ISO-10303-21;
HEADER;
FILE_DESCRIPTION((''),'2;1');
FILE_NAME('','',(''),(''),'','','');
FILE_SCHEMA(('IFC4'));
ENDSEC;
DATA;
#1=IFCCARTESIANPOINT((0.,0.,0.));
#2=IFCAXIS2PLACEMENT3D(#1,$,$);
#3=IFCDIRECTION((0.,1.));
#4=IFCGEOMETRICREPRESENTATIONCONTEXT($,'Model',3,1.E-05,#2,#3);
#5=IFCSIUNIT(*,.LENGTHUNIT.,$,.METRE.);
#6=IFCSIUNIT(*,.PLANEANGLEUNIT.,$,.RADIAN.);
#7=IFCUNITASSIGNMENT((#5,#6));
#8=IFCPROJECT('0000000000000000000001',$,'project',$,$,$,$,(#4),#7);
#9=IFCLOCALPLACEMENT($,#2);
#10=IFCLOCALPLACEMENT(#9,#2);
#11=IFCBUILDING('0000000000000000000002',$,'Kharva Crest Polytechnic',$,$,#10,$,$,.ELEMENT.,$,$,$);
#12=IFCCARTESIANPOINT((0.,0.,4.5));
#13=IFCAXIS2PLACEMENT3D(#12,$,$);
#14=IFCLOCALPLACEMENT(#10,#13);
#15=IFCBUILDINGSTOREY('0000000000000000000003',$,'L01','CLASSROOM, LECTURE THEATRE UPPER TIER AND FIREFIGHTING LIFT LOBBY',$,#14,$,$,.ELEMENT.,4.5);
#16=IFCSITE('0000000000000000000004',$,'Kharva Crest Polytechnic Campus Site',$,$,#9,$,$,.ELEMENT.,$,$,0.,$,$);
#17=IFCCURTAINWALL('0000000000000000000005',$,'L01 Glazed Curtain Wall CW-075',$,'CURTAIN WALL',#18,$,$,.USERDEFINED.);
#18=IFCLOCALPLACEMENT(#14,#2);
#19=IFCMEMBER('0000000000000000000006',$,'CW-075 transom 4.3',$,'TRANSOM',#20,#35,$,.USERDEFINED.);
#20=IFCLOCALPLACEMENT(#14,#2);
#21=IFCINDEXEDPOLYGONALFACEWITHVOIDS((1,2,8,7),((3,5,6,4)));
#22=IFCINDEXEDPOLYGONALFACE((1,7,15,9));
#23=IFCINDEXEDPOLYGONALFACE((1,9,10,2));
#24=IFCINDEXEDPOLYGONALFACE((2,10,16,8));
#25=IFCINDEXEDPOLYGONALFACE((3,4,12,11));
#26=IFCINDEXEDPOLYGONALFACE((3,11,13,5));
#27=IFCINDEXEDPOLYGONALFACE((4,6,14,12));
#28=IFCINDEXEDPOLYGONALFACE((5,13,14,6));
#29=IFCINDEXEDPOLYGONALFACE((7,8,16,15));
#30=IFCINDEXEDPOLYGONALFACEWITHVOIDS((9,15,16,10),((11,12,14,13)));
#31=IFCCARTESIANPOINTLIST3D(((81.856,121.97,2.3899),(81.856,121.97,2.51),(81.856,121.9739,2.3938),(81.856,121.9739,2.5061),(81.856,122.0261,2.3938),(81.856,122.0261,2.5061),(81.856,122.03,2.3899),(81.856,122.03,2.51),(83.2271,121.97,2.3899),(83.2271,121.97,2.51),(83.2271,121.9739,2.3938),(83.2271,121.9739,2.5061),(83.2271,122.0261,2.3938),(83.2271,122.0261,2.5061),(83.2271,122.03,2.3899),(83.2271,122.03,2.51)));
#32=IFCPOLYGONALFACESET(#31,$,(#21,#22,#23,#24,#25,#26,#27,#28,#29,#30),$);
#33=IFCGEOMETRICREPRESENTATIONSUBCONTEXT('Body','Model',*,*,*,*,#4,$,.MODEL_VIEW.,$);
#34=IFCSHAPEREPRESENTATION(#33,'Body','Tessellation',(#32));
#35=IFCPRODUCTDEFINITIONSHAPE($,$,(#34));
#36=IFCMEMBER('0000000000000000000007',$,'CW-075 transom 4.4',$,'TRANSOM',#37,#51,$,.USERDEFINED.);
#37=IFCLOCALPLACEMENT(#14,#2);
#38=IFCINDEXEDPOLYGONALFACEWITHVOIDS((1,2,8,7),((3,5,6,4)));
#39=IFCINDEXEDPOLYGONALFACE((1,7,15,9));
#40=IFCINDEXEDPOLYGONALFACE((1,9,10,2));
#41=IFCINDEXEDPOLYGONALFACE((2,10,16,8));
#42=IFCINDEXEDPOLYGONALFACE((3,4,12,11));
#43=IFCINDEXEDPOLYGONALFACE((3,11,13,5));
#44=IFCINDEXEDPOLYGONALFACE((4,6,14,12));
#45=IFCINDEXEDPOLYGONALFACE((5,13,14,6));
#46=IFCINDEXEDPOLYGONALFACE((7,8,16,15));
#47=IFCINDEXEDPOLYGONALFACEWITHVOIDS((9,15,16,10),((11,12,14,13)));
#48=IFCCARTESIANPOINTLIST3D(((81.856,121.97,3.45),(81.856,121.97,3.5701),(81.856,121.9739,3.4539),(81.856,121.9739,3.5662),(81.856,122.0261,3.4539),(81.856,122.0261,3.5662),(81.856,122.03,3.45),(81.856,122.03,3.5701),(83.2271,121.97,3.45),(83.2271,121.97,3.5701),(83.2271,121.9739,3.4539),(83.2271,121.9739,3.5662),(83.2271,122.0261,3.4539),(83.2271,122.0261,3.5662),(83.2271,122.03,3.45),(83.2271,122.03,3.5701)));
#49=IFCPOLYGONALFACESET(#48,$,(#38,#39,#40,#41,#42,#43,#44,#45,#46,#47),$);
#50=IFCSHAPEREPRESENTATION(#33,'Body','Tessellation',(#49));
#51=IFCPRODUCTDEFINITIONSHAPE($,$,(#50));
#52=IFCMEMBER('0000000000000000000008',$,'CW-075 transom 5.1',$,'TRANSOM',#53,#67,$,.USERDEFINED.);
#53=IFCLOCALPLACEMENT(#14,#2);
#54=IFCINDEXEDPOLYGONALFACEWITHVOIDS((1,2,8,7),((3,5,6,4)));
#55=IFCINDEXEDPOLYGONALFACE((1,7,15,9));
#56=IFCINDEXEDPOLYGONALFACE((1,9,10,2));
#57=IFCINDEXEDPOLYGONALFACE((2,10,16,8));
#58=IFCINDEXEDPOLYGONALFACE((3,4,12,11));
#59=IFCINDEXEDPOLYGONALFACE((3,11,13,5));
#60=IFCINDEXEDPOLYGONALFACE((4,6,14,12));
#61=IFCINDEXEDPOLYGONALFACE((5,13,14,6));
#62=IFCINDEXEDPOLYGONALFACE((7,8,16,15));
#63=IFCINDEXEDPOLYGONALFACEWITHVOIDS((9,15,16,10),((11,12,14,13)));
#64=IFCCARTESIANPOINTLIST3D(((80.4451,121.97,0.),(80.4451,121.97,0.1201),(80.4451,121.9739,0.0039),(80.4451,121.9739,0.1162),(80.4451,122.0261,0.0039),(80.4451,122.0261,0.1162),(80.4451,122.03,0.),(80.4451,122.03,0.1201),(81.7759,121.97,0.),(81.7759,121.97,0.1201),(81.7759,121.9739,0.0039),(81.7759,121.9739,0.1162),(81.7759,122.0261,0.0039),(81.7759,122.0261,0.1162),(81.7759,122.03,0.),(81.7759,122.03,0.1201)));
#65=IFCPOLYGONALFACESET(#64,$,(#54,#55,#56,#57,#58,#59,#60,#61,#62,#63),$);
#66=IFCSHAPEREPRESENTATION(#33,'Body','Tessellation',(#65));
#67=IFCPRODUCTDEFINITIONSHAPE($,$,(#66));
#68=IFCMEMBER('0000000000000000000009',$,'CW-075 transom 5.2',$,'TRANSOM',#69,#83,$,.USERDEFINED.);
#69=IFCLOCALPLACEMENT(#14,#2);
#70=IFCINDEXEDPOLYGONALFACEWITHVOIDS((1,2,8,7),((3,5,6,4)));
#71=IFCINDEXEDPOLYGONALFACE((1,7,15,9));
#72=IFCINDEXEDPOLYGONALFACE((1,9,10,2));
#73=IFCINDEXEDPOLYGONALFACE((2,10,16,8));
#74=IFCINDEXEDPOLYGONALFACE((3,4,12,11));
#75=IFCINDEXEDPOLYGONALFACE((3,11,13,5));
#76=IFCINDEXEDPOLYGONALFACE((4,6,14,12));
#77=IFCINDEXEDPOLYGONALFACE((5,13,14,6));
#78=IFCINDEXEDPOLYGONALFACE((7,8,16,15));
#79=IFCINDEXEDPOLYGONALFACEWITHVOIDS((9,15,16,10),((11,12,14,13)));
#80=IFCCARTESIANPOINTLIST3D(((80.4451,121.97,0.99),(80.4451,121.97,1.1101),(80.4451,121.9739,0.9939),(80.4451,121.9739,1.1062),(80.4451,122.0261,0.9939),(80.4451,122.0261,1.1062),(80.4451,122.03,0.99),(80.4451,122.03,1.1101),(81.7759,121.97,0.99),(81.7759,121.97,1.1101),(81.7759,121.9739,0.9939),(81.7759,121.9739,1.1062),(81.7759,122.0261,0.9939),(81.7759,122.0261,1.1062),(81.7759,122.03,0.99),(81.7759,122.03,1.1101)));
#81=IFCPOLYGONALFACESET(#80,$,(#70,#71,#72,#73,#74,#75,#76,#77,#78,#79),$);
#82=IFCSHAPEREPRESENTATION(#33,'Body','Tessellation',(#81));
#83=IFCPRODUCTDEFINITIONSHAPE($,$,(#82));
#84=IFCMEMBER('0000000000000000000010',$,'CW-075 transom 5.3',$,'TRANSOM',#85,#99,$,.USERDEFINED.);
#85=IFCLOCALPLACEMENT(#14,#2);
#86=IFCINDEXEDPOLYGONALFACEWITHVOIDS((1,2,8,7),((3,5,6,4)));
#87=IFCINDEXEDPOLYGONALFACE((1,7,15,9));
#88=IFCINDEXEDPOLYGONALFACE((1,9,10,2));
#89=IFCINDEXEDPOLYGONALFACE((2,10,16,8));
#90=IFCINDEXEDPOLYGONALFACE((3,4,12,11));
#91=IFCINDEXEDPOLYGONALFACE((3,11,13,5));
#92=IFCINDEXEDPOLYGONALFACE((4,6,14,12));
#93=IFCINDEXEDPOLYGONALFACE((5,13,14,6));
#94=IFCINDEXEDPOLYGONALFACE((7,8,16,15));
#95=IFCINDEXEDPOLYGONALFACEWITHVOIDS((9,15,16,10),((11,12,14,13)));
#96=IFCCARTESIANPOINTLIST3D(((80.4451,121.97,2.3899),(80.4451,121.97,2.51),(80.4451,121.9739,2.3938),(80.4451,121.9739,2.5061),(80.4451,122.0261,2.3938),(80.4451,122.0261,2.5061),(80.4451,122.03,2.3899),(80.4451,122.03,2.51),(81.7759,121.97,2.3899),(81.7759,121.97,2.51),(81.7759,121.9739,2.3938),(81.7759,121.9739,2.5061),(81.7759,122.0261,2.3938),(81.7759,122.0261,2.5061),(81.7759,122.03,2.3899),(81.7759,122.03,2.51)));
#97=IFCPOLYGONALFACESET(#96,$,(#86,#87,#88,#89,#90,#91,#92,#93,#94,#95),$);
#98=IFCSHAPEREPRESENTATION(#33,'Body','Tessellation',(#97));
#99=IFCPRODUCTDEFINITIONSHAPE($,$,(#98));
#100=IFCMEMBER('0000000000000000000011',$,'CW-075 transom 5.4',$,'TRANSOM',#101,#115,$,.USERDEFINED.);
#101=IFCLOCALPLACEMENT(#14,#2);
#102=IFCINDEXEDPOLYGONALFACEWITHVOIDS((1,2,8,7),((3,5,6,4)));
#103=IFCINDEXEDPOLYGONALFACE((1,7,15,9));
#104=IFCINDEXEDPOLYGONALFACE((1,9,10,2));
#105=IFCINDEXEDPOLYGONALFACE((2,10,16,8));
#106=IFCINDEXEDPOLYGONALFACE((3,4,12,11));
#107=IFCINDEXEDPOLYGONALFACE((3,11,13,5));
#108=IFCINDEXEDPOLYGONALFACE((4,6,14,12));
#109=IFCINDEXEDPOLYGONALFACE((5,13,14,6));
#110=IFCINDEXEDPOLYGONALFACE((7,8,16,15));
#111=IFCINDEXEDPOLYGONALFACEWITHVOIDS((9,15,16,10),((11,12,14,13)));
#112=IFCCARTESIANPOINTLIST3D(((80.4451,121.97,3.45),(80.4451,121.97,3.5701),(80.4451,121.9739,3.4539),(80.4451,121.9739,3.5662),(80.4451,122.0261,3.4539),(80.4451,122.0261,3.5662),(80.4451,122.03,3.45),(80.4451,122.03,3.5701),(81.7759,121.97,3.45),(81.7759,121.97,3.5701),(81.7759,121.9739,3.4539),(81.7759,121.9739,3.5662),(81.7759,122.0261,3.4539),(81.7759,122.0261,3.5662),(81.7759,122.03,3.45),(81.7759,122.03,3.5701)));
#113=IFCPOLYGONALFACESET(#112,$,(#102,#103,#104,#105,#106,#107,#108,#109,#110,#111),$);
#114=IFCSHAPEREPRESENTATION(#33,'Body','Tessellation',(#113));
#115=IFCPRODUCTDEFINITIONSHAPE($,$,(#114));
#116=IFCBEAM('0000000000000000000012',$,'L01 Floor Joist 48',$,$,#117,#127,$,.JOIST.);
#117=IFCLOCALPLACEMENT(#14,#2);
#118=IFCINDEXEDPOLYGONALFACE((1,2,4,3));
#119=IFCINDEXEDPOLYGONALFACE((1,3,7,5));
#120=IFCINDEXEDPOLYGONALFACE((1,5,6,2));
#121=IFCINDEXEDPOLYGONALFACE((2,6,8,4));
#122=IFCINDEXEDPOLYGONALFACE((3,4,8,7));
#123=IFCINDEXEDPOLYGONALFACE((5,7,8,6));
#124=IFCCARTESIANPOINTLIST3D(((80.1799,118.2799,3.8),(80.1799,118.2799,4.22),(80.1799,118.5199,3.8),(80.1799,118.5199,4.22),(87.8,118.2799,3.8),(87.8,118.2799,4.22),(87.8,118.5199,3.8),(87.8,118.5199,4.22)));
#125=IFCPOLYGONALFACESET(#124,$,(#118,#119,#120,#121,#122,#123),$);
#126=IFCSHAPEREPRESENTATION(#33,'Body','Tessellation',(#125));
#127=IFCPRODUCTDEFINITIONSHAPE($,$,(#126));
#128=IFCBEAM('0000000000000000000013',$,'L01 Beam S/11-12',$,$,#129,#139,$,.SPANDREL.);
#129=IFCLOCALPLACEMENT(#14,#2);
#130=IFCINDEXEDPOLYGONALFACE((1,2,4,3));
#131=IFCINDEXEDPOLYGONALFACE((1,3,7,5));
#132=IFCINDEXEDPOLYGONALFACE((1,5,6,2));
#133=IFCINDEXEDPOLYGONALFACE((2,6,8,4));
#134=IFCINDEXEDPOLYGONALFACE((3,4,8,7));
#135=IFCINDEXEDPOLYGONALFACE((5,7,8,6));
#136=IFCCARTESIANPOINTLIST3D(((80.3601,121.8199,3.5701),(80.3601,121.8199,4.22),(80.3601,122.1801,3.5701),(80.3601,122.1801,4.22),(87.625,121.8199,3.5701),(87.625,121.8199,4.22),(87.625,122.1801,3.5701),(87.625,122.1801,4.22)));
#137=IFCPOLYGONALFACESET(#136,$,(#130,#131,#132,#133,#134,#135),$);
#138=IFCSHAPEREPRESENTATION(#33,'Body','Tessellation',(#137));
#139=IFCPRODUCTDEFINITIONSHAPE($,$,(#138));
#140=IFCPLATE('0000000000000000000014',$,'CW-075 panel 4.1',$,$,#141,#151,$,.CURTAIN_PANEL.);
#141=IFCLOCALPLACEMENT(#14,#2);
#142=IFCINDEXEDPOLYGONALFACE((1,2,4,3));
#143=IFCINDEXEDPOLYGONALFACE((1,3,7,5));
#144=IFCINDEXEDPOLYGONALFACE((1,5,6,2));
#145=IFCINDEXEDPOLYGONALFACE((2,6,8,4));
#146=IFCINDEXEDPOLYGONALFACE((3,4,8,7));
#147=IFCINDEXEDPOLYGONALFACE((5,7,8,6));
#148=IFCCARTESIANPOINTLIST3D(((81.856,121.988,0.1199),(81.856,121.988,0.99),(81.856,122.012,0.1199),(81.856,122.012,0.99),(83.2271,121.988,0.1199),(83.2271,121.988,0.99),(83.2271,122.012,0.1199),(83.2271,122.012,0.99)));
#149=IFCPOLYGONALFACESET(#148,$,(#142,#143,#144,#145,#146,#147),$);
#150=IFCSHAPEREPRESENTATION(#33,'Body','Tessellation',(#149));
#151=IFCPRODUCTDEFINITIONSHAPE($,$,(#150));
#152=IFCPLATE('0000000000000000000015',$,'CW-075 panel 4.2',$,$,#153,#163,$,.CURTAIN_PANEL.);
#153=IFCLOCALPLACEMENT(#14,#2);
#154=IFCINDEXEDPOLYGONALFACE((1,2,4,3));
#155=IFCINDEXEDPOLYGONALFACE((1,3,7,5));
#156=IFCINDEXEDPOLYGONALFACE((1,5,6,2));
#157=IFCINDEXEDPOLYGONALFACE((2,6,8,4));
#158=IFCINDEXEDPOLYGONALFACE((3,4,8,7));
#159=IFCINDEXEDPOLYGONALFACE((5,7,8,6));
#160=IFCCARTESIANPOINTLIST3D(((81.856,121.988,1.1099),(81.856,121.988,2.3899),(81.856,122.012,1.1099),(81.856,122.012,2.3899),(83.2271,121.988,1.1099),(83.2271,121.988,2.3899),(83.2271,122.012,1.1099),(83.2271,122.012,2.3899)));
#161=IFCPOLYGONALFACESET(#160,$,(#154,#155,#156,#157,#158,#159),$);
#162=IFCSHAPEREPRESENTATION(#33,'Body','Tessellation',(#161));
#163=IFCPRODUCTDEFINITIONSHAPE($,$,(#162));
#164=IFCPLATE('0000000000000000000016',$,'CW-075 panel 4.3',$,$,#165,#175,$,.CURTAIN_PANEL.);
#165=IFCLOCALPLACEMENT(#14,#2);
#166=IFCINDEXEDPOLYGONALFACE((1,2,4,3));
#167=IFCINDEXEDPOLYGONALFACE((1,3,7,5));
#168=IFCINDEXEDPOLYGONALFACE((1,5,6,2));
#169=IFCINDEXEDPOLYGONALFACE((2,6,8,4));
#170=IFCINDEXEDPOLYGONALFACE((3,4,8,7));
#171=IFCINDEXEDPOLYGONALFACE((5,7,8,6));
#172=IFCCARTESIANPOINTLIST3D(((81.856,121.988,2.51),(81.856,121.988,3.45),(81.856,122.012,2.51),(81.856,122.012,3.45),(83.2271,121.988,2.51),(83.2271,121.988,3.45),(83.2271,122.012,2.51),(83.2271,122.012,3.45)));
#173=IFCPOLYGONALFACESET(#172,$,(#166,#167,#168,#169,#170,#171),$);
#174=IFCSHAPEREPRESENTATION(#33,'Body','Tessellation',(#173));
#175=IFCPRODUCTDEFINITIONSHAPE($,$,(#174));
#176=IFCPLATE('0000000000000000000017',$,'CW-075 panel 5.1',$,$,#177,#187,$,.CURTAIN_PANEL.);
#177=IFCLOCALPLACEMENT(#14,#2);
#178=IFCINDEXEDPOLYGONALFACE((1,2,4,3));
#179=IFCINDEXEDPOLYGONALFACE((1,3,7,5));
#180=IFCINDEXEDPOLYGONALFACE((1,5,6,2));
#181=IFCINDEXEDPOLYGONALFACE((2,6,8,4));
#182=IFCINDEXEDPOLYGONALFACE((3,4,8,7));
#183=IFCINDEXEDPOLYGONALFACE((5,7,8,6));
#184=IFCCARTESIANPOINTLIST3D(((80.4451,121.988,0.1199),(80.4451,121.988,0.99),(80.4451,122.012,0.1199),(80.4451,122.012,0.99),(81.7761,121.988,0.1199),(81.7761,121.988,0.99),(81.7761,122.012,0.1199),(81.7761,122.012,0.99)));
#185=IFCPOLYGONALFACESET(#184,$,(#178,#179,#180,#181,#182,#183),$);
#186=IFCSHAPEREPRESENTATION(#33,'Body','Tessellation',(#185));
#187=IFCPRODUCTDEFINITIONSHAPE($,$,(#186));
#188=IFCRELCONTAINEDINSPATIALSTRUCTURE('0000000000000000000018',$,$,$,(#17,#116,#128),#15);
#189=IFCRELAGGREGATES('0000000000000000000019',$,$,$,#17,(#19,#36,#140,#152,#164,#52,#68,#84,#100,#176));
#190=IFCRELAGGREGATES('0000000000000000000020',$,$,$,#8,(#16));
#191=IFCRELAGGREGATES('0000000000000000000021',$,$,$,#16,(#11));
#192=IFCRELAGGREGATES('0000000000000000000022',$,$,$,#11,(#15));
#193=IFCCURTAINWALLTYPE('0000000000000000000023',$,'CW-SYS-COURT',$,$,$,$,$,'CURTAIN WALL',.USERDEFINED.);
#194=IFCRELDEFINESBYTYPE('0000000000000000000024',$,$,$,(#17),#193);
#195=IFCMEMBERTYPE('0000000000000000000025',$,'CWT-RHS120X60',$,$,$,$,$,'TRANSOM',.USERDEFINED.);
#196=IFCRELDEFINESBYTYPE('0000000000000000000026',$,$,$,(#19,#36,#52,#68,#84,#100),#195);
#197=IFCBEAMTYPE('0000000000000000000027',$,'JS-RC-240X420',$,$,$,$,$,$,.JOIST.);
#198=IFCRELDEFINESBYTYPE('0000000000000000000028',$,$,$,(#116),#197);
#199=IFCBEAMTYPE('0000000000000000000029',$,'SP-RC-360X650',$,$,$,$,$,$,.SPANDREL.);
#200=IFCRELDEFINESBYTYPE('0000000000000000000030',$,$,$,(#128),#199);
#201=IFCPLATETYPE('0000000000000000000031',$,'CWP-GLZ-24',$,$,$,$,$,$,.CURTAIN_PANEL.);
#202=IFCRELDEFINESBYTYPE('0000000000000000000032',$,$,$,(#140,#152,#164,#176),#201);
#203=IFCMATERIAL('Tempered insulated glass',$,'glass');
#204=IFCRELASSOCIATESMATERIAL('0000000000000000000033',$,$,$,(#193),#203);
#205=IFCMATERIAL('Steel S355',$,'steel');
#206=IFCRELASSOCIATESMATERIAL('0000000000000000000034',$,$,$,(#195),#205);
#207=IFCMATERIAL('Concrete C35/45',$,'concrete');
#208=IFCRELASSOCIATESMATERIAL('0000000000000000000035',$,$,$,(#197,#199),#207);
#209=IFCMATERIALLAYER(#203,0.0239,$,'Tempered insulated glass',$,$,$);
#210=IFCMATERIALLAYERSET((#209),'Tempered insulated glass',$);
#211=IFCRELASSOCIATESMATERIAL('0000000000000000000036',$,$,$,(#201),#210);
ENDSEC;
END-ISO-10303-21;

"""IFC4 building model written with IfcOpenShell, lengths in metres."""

from ifc_helpers import new_model, si_unit, direction, frame, origin, origin_2d, place, context, subcontext, project, spatial, rectangle, hollow_rectangle, extrude, material, layer, layer_set, material_profile, profile_set, type_object, element, aggregate, save


model = new_model("IFC4")

# Units and contexts
model_context = context("Model", 3, precision=1e-05, world=origin(), true_north=direction((0.0, 1.0)))
body_context = subcontext(model_context, "Body", "Model", "MODEL_VIEW")
ifc_project = project(units=[si_unit("LENGTHUNIT", "METRE"), si_unit("PLANEANGLEUNIT", "RADIAN")], contexts=[model_context])

# Site, building, storey
site_placement = place(None, origin())
site = spatial("IfcSite", under=ifc_project, at=site_placement, Name="Kharva Crest Polytechnic Campus Site", CompositionType="ELEMENT", RefElevation=0.0)
building_placement = place(site_placement, origin())
building = spatial("IfcBuilding", under=site, at=building_placement, Name="Kharva Crest Polytechnic", CompositionType="ELEMENT")
storey_placement = place(building_placement, frame((0.0, 0.0, 4.5)))
storey = spatial("IfcBuildingStorey", under=building, at=storey_placement, Name="L01", Description="CLASSROOM, LECTURE THEATRE UPPER TIER AND FIREFIGHTING LIFT LOBBY", CompositionType="ELEMENT", Elevation=4.5)

# Shared definitions
ifc_material_1 = material(Name="Concrete C35/45", Category="concrete")

# Curtain wall, members
ifc_material_2 = material(Name="Tempered insulated glass", Category="glass")
curtain_wall_type = type_object("IfcCurtainWallType", Name="CW-SYS-COURT", ElementType="CURTAIN WALL", PredefinedType="USERDEFINED", material=ifc_material_2)
curtain_wall_placement = place(storey_placement, origin())
curtain_wall = element("IfcCurtainWall", 1, at=curtain_wall_placement, inside=storey, type_object=curtain_wall_type, Name="L01 Glazed Curtain Wall CW-075", ObjectType="CURTAIN WALL", PredefinedType="USERDEFINED")
ifc_material_3 = material(Name="Steel S355", Category="steel")
ifc_material_profile_1 = material_profile(ifc_material_3, hollow_rectangle(XDim=0.0601, YDim=0.1201, WallThickness=0.0039, at=origin_2d()), Name="RHS 120X60X4.0")
ifc_profile_set_1 = profile_set([ifc_material_profile_1], Name="Steel S355")
member_type_1 = type_object("IfcMemberType", Name="CWT-RHS120X60", ElementType="TRANSOM", PredefinedType="USERDEFINED", material=ifc_profile_set_1)
member_1_placement = place(storey_placement, frame((83.2271, 122.0, 2.45), z_axis=(-1.0, 0.0, 0.0), x_axis=(0.0, -1.0, 0.0)))
member_1 = element("IfcMember", 2, at=member_1_placement, type_object=member_type_1, Name="CW-075 transom 4.3", ObjectType="TRANSOM", PredefinedType="USERDEFINED", context=body_context, shape_type="SweptSolid", body=[
    extrude(hollow_rectangle(XDim=0.0601, YDim=0.1201, WallThickness=0.0039, at=origin_2d()), origin(), (0.0, 0.0, 1.0), 1.3711),
])
member_2_placement = place(storey_placement, frame((83.2271, 122.0, 3.51), z_axis=(-1.0, 0.0, 0.0), x_axis=(0.0, -1.0, 0.0)))
member_2 = element("IfcMember", 3, at=member_2_placement, type_object=member_type_1, Name="CW-075 transom 4.4", ObjectType="TRANSOM", PredefinedType="USERDEFINED", context=body_context, shape_type="SweptSolid", body=[
    extrude(hollow_rectangle(XDim=0.0601, YDim=0.1201, WallThickness=0.0039, at=origin_2d()), origin(), (0.0, 0.0, 1.0), 1.3711),
])
member_3_placement = place(storey_placement, frame((81.7759, 122.0, 0.0601), z_axis=(-1.0, 0.0, 0.0), x_axis=(0.0, -1.0, 0.0)))
member_3 = element("IfcMember", 4, at=member_3_placement, type_object=member_type_1, Name="CW-075 transom 5.1", ObjectType="TRANSOM", PredefinedType="USERDEFINED", context=body_context, shape_type="SweptSolid", body=[
    extrude(hollow_rectangle(XDim=0.0601, YDim=0.1201, WallThickness=0.0039, at=origin_2d()), origin(), (0.0, 0.0, 1.0), 1.3308),
])
member_4_placement = place(storey_placement, frame((81.7759, 122.0, 1.05), z_axis=(-1.0, 0.0, 0.0), x_axis=(0.0, -1.0, 0.0)))
member_4 = element("IfcMember", 5, at=member_4_placement, type_object=member_type_1, Name="CW-075 transom 5.2", ObjectType="TRANSOM", PredefinedType="USERDEFINED", context=body_context, shape_type="SweptSolid", body=[
    extrude(hollow_rectangle(XDim=0.0601, YDim=0.1201, WallThickness=0.0039, at=origin_2d()), origin(), (0.0, 0.0, 1.0), 1.3308),
])
member_5_placement = place(storey_placement, frame((81.7759, 122.0, 2.45), z_axis=(-1.0, 0.0, 0.0), x_axis=(0.0, -1.0, 0.0)))
member_5 = element("IfcMember", 6, at=member_5_placement, type_object=member_type_1, Name="CW-075 transom 5.3", ObjectType="TRANSOM", PredefinedType="USERDEFINED", context=body_context, shape_type="SweptSolid", body=[
    extrude(hollow_rectangle(XDim=0.0601, YDim=0.1201, WallThickness=0.0039, at=origin_2d()), origin(), (0.0, 0.0, 1.0), 1.3308),
])
member_6_placement = place(storey_placement, frame((81.7759, 122.0, 3.51), z_axis=(-1.0, 0.0, 0.0), x_axis=(0.0, -1.0, 0.0)))
member_6 = element("IfcMember", 7, at=member_6_placement, type_object=member_type_1, Name="CW-075 transom 5.4", ObjectType="TRANSOM", PredefinedType="USERDEFINED", context=body_context, shape_type="SweptSolid", body=[
    extrude(hollow_rectangle(XDim=0.0601, YDim=0.1201, WallThickness=0.0039, at=origin_2d()), origin(), (0.0, 0.0, 1.0), 1.3308),
])

# Beams
ifc_material_profile_2 = material_profile(ifc_material_1, rectangle(XDim=0.24, YDim=0.4199, at=origin_2d()), Name="RECT 240 X 420")
ifc_profile_set_2 = profile_set([ifc_material_profile_2], Name="Concrete C35/45")
beam_type_1 = type_object("IfcBeamType", Name="JS-RC-240X420", PredefinedType="JOIST", material=ifc_profile_set_2)
beam_1_placement = place(storey_placement, frame((80.1799, 118.3999, 4.01), z_axis=(1.0, 0.0, 0.0), x_axis=(0.0, 1.0, 0.0)))
element("IfcBeam", 8, at=beam_1_placement, inside=storey, type_object=beam_type_1, Name="L01 Floor Joist 48", PredefinedType="JOIST", context=body_context, shape_type="SweptSolid", body=[
    extrude(rectangle(XDim=0.24, YDim=0.4199, at=origin_2d()), origin(), (0.0, 0.0, 1.0), 7.6201),
])
ifc_material_profile_3 = material_profile(ifc_material_1, rectangle(XDim=0.3601, YDim=0.6499, at=origin_2d()), Name="RECT 360 X 650")
ifc_profile_set_3 = profile_set([ifc_material_profile_3], Name="Concrete C35/45")
beam_type_2 = type_object("IfcBeamType", Name="SP-RC-360X650", PredefinedType="SPANDREL", material=ifc_profile_set_3)
beam_2_placement = place(storey_placement, frame((80.3601, 122.0, 3.895), z_axis=(1.0, 0.0, 0.0), x_axis=(0.0, 1.0, 0.0)))
element("IfcBeam", 9, at=beam_2_placement, inside=storey, type_object=beam_type_2, Name="L01 Beam S/11-12", PredefinedType="SPANDREL", context=body_context, shape_type="SweptSolid", body=[
    extrude(rectangle(XDim=0.3601, YDim=0.6499, at=origin_2d()), origin(), (0.0, 0.0, 1.0), 7.2649),
])

# Plates
ifc_layer_1 = layer(ifc_material_2, 0.0239, Name="Tempered insulated glass")
ifc_layer_set_1 = layer_set([ifc_layer_1], Name="Tempered insulated glass")
plate_type = type_object("IfcPlateType", Name="CWP-GLZ-24", PredefinedType="CURTAIN_PANEL", material=ifc_layer_set_1)
plate_1_placement = place(storey_placement, frame((82.5415, 122.0, 0.1199), z_axis=(0.0, 0.0, 1.0), x_axis=(-1.0, 0.0, 0.0)))
plate_1 = element("IfcPlate", 10, at=plate_1_placement, type_object=plate_type, Name="CW-075 panel 4.1", PredefinedType="CURTAIN_PANEL", context=body_context, shape_type="SweptSolid", body=[
    extrude(rectangle(XDim=1.3711, YDim=0.0239, at=origin_2d()), origin(), (0.0, 0.0, 1.0), 0.8701),
])
plate_2_placement = place(storey_placement, frame((82.5415, 122.0, 1.1099), z_axis=(0.0, 0.0, 1.0), x_axis=(-1.0, 0.0, 0.0)))
plate_2 = element("IfcPlate", 11, at=plate_2_placement, type_object=plate_type, Name="CW-075 panel 4.2", PredefinedType="CURTAIN_PANEL", context=body_context, shape_type="SweptSolid", body=[
    extrude(rectangle(XDim=1.3711, YDim=0.0239, at=origin_2d()), origin(), (0.0, 0.0, 1.0), 1.28),
])
plate_3_placement = place(storey_placement, frame((82.5415, 122.0, 2.51), z_axis=(0.0, 0.0, 1.0), x_axis=(-1.0, 0.0, 0.0)))
plate_3 = element("IfcPlate", 12, at=plate_3_placement, type_object=plate_type, Name="CW-075 panel 4.3", PredefinedType="CURTAIN_PANEL", context=body_context, shape_type="SweptSolid", body=[
    extrude(rectangle(XDim=1.3711, YDim=0.0239, at=origin_2d()), origin(), (0.0, 0.0, 1.0), 0.9399),
])
plate_4_placement = place(storey_placement, frame((81.1106, 122.0, 0.1199), z_axis=(0.0, 0.0, 1.0), x_axis=(-1.0, 0.0, 0.0)))
plate_4 = element("IfcPlate", 13, at=plate_4_placement, type_object=plate_type, Name="CW-075 panel 5.1", PredefinedType="CURTAIN_PANEL", context=body_context, shape_type="SweptSolid", body=[
    extrude(rectangle(XDim=1.3311, YDim=0.0239, at=origin_2d()), origin(), (0.0, 0.0, 1.0), 0.8701),
])
aggregate(curtain_wall, [member_1, member_2, plate_1, plate_2, plate_3, member_3, member_4, member_5, member_6, plate_4])

save(model, "model.ifc")
